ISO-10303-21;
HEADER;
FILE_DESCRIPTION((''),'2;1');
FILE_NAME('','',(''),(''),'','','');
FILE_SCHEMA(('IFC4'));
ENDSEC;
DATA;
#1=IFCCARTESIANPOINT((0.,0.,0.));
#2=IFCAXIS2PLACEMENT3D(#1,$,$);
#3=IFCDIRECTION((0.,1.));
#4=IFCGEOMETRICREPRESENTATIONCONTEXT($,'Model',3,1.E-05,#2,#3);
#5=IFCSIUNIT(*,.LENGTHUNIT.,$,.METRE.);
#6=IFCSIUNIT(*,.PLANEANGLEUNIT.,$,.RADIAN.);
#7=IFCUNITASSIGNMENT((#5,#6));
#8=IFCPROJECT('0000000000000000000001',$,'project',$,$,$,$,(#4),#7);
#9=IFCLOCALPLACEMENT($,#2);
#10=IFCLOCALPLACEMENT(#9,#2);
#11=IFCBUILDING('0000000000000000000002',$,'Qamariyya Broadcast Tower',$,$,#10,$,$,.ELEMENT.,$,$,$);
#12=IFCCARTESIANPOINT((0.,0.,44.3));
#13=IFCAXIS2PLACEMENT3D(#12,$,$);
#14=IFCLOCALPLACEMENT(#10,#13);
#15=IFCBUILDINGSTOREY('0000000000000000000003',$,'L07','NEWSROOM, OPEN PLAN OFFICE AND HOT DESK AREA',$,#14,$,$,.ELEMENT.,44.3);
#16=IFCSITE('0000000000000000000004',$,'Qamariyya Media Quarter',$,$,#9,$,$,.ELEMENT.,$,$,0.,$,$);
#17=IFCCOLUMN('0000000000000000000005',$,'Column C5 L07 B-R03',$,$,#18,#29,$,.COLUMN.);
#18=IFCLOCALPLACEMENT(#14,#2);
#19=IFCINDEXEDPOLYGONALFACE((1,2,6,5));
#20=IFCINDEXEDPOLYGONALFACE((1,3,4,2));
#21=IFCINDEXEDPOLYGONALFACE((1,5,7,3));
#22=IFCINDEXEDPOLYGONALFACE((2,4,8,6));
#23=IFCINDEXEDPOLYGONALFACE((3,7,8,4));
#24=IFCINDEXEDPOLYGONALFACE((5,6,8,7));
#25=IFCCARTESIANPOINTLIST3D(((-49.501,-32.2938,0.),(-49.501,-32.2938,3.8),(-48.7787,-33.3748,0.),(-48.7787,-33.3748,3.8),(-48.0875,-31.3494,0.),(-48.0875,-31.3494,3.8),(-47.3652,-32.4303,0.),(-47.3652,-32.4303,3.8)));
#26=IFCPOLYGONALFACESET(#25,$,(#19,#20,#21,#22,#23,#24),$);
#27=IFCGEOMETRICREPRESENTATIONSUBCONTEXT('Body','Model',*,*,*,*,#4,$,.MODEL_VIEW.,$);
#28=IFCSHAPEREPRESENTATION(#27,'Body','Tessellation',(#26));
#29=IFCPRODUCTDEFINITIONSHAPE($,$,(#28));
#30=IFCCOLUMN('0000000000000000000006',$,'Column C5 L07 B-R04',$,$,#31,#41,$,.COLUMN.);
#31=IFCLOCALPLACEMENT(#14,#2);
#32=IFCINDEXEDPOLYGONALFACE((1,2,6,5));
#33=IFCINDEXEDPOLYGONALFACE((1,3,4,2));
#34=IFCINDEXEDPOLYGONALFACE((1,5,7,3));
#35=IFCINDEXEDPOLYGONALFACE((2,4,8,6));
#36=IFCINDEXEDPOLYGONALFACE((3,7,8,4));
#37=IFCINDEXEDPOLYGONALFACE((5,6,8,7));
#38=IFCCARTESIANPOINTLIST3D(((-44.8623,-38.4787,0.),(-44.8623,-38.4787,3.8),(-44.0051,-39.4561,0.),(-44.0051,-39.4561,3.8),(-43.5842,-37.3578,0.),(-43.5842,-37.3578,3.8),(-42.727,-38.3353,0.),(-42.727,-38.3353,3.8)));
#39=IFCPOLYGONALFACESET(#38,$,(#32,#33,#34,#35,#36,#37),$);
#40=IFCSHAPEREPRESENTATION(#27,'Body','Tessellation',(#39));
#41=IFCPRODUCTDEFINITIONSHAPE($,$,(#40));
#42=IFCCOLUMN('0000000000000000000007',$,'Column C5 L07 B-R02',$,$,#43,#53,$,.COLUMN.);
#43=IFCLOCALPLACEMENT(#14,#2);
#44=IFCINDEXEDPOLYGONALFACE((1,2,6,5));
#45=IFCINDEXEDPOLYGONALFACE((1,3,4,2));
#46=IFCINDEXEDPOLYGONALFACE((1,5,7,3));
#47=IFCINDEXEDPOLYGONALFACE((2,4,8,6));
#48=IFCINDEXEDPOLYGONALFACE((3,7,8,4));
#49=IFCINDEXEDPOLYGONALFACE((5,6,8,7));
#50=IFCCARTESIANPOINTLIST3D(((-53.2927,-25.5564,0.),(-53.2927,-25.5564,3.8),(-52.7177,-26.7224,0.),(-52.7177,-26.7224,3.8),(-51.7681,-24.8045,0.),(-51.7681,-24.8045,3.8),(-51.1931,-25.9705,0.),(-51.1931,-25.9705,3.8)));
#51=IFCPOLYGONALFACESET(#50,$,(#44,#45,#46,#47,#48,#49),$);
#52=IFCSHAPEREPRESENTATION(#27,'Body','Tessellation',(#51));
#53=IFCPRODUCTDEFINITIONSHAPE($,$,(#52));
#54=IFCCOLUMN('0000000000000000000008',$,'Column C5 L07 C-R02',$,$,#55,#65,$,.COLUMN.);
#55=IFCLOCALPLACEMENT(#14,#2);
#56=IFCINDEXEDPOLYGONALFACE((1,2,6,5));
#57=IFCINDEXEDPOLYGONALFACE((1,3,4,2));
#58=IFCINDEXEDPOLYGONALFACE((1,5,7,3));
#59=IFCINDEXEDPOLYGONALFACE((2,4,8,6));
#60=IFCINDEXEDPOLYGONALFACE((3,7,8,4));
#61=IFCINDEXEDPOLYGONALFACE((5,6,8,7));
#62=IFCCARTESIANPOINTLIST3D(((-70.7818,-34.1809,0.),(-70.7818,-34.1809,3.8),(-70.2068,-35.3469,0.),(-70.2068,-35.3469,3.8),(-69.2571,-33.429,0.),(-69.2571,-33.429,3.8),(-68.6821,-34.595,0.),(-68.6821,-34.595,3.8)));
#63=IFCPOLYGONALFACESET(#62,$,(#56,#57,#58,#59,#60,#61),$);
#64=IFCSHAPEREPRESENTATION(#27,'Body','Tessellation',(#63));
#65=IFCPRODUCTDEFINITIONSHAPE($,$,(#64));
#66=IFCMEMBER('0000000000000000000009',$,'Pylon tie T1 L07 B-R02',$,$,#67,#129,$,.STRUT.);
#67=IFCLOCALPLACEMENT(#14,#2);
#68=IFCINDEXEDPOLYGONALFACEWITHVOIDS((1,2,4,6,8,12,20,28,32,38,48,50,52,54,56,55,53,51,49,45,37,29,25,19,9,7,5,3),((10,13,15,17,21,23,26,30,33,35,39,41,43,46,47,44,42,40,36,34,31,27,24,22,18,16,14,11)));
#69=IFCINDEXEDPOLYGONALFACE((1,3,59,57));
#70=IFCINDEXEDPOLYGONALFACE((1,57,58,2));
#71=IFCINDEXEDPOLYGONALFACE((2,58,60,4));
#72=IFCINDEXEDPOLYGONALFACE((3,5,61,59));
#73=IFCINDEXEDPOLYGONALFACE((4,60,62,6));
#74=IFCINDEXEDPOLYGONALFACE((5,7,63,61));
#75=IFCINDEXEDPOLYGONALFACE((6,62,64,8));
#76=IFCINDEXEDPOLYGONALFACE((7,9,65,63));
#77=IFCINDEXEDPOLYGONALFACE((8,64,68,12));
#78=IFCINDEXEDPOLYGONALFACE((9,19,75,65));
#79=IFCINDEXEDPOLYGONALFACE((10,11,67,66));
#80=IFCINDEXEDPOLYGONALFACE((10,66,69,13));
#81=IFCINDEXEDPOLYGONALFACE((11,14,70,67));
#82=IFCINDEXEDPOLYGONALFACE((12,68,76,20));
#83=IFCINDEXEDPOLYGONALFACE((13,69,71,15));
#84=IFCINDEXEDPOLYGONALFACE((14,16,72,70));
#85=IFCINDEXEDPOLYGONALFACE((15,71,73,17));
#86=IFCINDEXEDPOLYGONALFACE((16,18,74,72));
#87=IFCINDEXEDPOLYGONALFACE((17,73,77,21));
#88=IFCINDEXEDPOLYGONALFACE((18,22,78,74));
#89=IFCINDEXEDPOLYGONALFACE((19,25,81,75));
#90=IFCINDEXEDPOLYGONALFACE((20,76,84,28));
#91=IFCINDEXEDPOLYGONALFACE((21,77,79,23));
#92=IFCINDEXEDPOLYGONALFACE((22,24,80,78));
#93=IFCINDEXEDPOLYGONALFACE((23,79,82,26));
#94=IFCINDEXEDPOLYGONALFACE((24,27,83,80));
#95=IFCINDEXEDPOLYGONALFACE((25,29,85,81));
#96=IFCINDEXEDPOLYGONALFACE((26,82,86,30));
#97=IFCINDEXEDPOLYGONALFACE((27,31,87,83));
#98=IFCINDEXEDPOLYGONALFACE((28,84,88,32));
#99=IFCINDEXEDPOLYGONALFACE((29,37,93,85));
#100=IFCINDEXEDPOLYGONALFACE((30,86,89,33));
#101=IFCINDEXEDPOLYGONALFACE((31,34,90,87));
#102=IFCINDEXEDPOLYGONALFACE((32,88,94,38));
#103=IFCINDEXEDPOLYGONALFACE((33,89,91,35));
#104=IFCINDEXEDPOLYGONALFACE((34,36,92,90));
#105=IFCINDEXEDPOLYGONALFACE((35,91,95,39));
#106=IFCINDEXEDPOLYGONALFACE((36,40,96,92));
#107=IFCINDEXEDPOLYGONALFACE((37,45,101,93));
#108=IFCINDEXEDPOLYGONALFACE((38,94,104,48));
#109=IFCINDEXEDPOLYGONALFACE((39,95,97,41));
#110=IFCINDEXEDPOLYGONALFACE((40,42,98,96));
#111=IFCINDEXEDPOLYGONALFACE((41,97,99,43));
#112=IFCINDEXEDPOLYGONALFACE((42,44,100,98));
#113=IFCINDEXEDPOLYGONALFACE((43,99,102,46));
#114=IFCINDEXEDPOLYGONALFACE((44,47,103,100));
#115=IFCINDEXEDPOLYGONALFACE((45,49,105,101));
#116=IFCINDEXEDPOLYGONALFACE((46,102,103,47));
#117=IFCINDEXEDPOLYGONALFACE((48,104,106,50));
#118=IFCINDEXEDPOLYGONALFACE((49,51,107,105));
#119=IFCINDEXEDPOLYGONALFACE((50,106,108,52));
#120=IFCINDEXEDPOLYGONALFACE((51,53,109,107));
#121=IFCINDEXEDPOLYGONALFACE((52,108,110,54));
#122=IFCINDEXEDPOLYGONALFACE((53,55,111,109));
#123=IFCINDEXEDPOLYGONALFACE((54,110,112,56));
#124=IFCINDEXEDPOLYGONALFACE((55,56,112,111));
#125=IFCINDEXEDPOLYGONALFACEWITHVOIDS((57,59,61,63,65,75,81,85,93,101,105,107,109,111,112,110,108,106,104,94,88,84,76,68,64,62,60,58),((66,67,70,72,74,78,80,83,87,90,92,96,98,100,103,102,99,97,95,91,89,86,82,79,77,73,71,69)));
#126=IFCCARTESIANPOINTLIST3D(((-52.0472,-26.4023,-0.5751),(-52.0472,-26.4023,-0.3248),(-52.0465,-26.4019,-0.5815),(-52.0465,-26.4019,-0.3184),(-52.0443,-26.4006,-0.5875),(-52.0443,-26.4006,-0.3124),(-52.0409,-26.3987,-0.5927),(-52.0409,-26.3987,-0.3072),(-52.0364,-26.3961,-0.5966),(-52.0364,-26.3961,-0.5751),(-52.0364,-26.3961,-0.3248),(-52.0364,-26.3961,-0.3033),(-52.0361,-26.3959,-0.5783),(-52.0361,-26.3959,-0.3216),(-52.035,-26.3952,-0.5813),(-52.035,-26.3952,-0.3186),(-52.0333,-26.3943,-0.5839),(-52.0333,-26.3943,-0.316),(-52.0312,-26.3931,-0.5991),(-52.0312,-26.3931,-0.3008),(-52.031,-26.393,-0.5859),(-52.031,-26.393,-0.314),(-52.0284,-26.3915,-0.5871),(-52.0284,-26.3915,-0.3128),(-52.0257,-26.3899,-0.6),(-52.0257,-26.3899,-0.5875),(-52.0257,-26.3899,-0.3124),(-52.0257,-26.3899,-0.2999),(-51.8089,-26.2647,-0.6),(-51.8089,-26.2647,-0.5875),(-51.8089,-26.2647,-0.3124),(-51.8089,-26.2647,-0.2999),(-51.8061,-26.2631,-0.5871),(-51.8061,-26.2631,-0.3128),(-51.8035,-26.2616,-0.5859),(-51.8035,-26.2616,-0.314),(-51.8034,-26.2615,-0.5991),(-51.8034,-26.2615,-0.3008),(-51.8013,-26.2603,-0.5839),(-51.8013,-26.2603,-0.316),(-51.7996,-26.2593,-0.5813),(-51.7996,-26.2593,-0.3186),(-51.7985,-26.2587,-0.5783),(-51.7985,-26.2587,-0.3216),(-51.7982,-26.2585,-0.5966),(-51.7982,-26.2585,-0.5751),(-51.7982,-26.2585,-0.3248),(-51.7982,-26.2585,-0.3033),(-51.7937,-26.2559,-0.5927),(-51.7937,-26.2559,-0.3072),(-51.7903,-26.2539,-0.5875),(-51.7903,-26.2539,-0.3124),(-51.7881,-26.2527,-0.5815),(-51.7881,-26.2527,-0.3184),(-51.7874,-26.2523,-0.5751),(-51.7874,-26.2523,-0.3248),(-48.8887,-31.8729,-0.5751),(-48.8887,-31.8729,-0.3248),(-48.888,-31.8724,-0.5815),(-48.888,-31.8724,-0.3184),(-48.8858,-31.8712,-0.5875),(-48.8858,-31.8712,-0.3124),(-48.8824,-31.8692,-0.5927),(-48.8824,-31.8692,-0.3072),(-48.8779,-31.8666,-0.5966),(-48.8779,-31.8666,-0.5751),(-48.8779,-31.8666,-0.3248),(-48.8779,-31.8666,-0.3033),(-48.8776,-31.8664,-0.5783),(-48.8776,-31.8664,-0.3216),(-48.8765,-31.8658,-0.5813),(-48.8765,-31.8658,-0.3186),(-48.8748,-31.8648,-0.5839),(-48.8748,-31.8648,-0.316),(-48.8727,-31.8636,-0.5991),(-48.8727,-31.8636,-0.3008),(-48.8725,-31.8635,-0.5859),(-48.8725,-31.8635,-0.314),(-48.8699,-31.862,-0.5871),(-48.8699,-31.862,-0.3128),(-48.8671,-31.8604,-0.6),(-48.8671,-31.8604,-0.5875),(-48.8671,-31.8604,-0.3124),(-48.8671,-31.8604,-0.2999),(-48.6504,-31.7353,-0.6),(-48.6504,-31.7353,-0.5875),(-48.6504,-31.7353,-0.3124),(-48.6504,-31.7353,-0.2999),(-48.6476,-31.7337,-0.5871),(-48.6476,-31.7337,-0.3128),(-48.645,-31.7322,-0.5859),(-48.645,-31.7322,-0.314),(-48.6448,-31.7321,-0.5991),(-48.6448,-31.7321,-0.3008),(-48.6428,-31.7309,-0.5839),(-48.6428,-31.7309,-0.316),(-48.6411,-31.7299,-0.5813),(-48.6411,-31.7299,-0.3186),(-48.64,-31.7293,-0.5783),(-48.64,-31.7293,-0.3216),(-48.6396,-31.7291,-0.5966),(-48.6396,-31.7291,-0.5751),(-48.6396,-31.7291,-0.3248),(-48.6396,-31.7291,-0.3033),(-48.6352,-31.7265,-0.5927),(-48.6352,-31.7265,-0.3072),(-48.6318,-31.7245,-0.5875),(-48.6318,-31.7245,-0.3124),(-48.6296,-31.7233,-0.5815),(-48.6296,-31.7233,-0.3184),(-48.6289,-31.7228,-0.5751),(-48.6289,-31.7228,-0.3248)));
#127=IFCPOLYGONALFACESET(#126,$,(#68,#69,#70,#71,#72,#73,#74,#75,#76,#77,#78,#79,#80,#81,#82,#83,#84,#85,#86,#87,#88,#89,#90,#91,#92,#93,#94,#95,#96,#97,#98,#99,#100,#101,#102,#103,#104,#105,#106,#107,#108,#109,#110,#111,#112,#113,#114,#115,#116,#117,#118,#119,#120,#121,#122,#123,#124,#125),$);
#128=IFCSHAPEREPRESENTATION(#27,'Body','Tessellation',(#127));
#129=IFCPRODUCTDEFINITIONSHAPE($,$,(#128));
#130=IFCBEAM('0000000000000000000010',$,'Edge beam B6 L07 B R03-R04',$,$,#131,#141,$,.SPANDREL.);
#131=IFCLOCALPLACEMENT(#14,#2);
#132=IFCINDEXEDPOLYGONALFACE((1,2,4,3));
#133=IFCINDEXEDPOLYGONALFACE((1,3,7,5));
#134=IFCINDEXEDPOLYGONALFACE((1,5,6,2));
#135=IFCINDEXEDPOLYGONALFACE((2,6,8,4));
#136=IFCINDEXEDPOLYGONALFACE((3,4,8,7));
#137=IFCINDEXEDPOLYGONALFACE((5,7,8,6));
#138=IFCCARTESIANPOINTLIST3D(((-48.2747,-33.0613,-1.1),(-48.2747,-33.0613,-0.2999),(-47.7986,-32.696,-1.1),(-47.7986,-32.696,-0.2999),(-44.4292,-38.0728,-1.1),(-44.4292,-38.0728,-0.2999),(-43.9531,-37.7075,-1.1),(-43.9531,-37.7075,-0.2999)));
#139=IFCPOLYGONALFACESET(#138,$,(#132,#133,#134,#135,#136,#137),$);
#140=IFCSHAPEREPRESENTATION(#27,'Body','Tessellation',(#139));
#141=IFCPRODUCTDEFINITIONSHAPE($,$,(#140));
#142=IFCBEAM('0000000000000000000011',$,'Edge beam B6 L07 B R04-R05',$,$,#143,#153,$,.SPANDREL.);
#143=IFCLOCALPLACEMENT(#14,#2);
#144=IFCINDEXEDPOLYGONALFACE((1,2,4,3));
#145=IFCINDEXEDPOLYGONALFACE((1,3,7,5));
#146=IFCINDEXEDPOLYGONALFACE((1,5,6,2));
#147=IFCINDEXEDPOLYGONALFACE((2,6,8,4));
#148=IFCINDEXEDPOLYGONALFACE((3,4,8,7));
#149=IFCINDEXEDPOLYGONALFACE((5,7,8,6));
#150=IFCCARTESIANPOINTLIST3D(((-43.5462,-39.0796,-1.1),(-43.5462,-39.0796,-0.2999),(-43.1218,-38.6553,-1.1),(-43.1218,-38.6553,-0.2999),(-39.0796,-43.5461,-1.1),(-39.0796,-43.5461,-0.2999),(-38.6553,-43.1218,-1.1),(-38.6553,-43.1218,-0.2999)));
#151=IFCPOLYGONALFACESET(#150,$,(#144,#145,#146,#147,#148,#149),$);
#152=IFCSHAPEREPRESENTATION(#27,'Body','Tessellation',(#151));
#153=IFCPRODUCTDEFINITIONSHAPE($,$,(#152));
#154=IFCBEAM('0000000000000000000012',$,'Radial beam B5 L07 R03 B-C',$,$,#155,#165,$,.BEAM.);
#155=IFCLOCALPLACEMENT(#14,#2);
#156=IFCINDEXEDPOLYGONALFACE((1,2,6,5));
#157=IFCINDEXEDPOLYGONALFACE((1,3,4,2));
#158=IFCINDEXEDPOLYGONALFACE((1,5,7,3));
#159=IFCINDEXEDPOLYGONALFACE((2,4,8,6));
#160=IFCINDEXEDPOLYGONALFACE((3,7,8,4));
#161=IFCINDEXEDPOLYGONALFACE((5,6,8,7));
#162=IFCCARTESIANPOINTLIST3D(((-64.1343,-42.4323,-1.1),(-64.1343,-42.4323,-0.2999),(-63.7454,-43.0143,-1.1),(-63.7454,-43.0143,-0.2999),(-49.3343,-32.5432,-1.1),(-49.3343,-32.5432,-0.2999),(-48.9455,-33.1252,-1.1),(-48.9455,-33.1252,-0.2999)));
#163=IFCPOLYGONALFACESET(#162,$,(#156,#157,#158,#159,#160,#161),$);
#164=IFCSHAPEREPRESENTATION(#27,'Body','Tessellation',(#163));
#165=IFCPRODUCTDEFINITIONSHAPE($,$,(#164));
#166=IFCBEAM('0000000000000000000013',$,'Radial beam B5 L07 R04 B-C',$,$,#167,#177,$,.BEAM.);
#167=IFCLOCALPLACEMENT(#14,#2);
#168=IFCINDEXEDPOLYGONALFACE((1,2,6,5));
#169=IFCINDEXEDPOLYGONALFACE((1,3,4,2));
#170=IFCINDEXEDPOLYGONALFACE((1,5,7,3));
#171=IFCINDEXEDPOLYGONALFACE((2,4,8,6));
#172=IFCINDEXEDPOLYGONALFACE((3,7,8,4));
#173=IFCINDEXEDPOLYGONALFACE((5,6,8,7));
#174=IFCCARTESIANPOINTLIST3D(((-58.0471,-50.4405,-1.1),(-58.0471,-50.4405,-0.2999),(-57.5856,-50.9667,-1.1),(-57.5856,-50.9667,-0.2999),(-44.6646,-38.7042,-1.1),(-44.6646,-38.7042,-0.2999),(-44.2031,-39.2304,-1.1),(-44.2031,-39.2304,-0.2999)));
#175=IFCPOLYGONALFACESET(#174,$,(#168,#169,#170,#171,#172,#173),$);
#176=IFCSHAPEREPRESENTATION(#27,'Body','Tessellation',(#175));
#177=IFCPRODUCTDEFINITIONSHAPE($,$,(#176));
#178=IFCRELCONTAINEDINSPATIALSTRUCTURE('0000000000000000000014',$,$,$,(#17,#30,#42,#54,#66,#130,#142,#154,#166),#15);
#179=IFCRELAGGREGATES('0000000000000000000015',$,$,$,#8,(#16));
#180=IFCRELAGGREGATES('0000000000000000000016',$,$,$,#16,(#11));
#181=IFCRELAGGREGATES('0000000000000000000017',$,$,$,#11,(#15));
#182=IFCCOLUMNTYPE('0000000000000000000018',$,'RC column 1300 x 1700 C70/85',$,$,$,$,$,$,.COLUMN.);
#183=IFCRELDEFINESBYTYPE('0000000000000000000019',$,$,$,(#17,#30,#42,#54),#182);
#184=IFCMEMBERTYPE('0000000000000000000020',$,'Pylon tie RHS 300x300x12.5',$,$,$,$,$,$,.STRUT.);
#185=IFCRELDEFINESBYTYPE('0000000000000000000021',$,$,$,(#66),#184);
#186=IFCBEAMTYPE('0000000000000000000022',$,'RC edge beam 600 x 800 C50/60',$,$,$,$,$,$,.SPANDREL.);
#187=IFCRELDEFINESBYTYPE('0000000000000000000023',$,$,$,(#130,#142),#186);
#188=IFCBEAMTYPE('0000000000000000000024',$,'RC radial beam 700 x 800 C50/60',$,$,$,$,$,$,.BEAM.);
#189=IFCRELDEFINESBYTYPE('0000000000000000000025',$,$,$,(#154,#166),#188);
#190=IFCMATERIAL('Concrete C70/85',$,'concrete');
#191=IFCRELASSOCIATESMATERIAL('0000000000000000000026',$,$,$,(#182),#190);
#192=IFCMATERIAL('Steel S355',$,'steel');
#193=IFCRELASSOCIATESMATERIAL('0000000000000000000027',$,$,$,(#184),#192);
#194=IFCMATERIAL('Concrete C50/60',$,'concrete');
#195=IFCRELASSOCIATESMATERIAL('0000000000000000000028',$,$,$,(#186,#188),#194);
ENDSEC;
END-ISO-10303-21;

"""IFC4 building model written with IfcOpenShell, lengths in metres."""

from ifc_helpers import new_model, si_unit, direction, frame, origin, origin_2d, place, context, subcontext, project, spatial, rectangle, hollow_rectangle, extrude, material, material_profile, profile_set, type_object, element, save


model = new_model("IFC4")

# Units and contexts
model_context = context("Model", 3, precision=1e-05, world=origin(), true_north=direction((0.0, 1.0)))
body_context = subcontext(model_context, "Body", "Model", "MODEL_VIEW")
ifc_project = project(units=[si_unit("LENGTHUNIT", "METRE"), si_unit("PLANEANGLEUNIT", "RADIAN")], contexts=[model_context])

# Site, building, storey
site_placement = place(None, origin())
site = spatial("IfcSite", under=ifc_project, at=site_placement, Name="Qamariyya Media Quarter", CompositionType="ELEMENT", RefElevation=0.0)
building_placement = place(site_placement, origin())
building = spatial("IfcBuilding", under=site, at=building_placement, Name="Qamariyya Broadcast Tower", CompositionType="ELEMENT")
storey_placement = place(building_placement, frame((0.0, 0.0, 44.3)))
storey = spatial("IfcBuildingStorey", under=building, at=storey_placement, Name="L07", Description="NEWSROOM, OPEN PLAN OFFICE AND HOT DESK AREA", CompositionType="ELEMENT", Elevation=44.3)

# Columns
ifc_material_1 = material(Name="Concrete C70/85", Category="concrete")
ifc_material_profile_1 = material_profile(ifc_material_1, rectangle(XDim=1.3, YDim=1.7, at=origin_2d()))
ifc_profile_set_1 = profile_set([ifc_material_profile_1], Name="Concrete C70/85")
column_type = type_object("IfcColumnType", Name="RC column 1300 x 1700 C70/85", PredefinedType="COLUMN", material=ifc_profile_set_1)
for number, where, z_axis, x_axis, name in (
    (1, (-48.4331, -32.3621, 0.0), (0.0, 0.0, 1.0), (0.55557, -0.83147, 0.0), "Column C5 L07 B-R03"),
    (2, (-43.7947, -38.407, 0.0), (0.0, 0.0, 1.0), (0.659346, -0.75184, 0.0), "Column C5 L07 B-R04"),
    (3, (-52.2429, -25.7634, 0.0), (0.0, 0.0, 1.0), (0.442289, -0.896873, 0.0), "Column C5 L07 B-R02"),
    (4, (-69.7319, -34.3879, 0.0), (0.0, 0.0, 1.0), (0.442289, -0.896873, 0.0), "Column C5 L07 C-R02"),
):
    element("IfcColumn", number, at=place(storey_placement, frame(where, z_axis=z_axis, x_axis=x_axis)), inside=storey, type_object=column_type, Name=name, PredefinedType="COLUMN", context=body_context, shape_type="SweptSolid", body=[
        extrude(rectangle(XDim=1.3, YDim=1.7, at=origin_2d()), origin(), (0.0, 0.0, 1.0), 3.8),
    ])

# Member
ifc_material_2 = material(Name="Steel S355", Category="steel")
ifc_material_profile_2 = material_profile(ifc_material_2, hollow_rectangle(XDim=0.3, YDim=0.3, WallThickness=0.0125, InnerFilletRadius=0.0125, OuterFilletRadius=0.0249, at=origin_2d()))
ifc_profile_set_2 = profile_set([ifc_material_profile_2], Name="Steel S355")
member_type = type_object("IfcMemberType", Name="Pylon tie RHS 300x300x12.5", PredefinedType="STRUT", material=ifc_profile_set_2)
member_placement = place(storey_placement, frame((-48.7588, -31.7979, -0.45), z_axis=(-0.500009, 0.86602, 0.0), x_axis=(-0.86602, -0.500009, 0.0)))
element("IfcMember", 5, at=member_placement, inside=storey, type_object=member_type, Name="Pylon tie T1 L07 B-R02", PredefinedType="STRUT", context=body_context, shape_type="SweptSolid", body=[
    extrude(hollow_rectangle(XDim=0.3, YDim=0.3, WallThickness=0.0125, InnerFilletRadius=0.0125, OuterFilletRadius=0.0249, at=origin_2d()), origin(), (0.0, 0.0, 1.0), 6.3169),
])

# Beams
ifc_material_3 = material(Name="Concrete C50/60", Category="concrete")
ifc_material_profile_3 = material_profile(ifc_material_3, rectangle(XDim=0.6001, YDim=0.8, at=origin_2d()))
ifc_profile_set_3 = profile_set([ifc_material_profile_3], Name="Concrete C50/60")
beam_type_1 = type_object("IfcBeamType", Name="RC edge beam 600 x 800 C50/60", PredefinedType="SPANDREL", material=ifc_profile_set_3)
beam_1_placement = place(storey_placement, frame((-48.0366, -32.8787, -0.7), z_axis=(0.608763, -0.793352, 0.0), x_axis=(0.793352, 0.608763, 0.0)))
element("IfcBeam", 6, at=beam_1_placement, inside=storey, type_object=beam_type_1, Name="Edge beam B6 L07 B R03-R04", PredefinedType="SPANDREL", context=body_context, shape_type="SweptSolid", body=[
    extrude(rectangle(XDim=0.6001, YDim=0.8, at=origin_2d()), origin(), (0.0, 0.0, 1.0), 6.3169),
])
beam_2_placement = place(storey_placement, frame((-43.334, -38.8674, -0.7), z_axis=(0.707107, -0.707107, 0.0), x_axis=(0.707107, 0.707107, 0.0)))
element("IfcBeam", 7, at=beam_2_placement, inside=storey, type_object=beam_type_1, Name="Edge beam B6 L07 B R04-R05", PredefinedType="SPANDREL", context=body_context, shape_type="SweptSolid", body=[
    extrude(rectangle(XDim=0.6001, YDim=0.8, at=origin_2d()), origin(), (0.0, 0.0, 1.0), 6.3167),
])
ifc_material_profile_4 = material_profile(ifc_material_3, rectangle(XDim=0.7, YDim=0.8, at=origin_2d()))
ifc_profile_set_4 = profile_set([ifc_material_profile_4], Name="Concrete C50/60")
beam_type_2 = type_object("IfcBeamType", Name="RC radial beam 700 x 800 C50/60", PredefinedType="BEAM", material=ifc_profile_set_4)
for number, where, z_axis, x_axis, name in (
    (8, (-49.1399, -32.8342, -0.7), (-0.831467, -0.555573, 0.0), (0.555573, -0.831467, 0.0), "Radial beam B5 L07 R03 B-C"),
    (9, (-44.4338, -38.9673, -0.7), (-0.751836, -0.65935, 0.0), (0.65935, -0.751836, 0.0), "Radial beam B5 L07 R04 B-C"),
):
    element("IfcBeam", number, at=place(storey_placement, frame(where, z_axis=z_axis, x_axis=x_axis)), inside=storey, type_object=beam_type_2, Name=name, PredefinedType="BEAM", context=body_context, shape_type="SweptSolid", body=[
        extrude(rectangle(XDim=0.7, YDim=0.8, at=origin_2d()), origin(), (0.0, 0.0, 1.0), 17.7998),
    ])

save(model, "model.ifc")
